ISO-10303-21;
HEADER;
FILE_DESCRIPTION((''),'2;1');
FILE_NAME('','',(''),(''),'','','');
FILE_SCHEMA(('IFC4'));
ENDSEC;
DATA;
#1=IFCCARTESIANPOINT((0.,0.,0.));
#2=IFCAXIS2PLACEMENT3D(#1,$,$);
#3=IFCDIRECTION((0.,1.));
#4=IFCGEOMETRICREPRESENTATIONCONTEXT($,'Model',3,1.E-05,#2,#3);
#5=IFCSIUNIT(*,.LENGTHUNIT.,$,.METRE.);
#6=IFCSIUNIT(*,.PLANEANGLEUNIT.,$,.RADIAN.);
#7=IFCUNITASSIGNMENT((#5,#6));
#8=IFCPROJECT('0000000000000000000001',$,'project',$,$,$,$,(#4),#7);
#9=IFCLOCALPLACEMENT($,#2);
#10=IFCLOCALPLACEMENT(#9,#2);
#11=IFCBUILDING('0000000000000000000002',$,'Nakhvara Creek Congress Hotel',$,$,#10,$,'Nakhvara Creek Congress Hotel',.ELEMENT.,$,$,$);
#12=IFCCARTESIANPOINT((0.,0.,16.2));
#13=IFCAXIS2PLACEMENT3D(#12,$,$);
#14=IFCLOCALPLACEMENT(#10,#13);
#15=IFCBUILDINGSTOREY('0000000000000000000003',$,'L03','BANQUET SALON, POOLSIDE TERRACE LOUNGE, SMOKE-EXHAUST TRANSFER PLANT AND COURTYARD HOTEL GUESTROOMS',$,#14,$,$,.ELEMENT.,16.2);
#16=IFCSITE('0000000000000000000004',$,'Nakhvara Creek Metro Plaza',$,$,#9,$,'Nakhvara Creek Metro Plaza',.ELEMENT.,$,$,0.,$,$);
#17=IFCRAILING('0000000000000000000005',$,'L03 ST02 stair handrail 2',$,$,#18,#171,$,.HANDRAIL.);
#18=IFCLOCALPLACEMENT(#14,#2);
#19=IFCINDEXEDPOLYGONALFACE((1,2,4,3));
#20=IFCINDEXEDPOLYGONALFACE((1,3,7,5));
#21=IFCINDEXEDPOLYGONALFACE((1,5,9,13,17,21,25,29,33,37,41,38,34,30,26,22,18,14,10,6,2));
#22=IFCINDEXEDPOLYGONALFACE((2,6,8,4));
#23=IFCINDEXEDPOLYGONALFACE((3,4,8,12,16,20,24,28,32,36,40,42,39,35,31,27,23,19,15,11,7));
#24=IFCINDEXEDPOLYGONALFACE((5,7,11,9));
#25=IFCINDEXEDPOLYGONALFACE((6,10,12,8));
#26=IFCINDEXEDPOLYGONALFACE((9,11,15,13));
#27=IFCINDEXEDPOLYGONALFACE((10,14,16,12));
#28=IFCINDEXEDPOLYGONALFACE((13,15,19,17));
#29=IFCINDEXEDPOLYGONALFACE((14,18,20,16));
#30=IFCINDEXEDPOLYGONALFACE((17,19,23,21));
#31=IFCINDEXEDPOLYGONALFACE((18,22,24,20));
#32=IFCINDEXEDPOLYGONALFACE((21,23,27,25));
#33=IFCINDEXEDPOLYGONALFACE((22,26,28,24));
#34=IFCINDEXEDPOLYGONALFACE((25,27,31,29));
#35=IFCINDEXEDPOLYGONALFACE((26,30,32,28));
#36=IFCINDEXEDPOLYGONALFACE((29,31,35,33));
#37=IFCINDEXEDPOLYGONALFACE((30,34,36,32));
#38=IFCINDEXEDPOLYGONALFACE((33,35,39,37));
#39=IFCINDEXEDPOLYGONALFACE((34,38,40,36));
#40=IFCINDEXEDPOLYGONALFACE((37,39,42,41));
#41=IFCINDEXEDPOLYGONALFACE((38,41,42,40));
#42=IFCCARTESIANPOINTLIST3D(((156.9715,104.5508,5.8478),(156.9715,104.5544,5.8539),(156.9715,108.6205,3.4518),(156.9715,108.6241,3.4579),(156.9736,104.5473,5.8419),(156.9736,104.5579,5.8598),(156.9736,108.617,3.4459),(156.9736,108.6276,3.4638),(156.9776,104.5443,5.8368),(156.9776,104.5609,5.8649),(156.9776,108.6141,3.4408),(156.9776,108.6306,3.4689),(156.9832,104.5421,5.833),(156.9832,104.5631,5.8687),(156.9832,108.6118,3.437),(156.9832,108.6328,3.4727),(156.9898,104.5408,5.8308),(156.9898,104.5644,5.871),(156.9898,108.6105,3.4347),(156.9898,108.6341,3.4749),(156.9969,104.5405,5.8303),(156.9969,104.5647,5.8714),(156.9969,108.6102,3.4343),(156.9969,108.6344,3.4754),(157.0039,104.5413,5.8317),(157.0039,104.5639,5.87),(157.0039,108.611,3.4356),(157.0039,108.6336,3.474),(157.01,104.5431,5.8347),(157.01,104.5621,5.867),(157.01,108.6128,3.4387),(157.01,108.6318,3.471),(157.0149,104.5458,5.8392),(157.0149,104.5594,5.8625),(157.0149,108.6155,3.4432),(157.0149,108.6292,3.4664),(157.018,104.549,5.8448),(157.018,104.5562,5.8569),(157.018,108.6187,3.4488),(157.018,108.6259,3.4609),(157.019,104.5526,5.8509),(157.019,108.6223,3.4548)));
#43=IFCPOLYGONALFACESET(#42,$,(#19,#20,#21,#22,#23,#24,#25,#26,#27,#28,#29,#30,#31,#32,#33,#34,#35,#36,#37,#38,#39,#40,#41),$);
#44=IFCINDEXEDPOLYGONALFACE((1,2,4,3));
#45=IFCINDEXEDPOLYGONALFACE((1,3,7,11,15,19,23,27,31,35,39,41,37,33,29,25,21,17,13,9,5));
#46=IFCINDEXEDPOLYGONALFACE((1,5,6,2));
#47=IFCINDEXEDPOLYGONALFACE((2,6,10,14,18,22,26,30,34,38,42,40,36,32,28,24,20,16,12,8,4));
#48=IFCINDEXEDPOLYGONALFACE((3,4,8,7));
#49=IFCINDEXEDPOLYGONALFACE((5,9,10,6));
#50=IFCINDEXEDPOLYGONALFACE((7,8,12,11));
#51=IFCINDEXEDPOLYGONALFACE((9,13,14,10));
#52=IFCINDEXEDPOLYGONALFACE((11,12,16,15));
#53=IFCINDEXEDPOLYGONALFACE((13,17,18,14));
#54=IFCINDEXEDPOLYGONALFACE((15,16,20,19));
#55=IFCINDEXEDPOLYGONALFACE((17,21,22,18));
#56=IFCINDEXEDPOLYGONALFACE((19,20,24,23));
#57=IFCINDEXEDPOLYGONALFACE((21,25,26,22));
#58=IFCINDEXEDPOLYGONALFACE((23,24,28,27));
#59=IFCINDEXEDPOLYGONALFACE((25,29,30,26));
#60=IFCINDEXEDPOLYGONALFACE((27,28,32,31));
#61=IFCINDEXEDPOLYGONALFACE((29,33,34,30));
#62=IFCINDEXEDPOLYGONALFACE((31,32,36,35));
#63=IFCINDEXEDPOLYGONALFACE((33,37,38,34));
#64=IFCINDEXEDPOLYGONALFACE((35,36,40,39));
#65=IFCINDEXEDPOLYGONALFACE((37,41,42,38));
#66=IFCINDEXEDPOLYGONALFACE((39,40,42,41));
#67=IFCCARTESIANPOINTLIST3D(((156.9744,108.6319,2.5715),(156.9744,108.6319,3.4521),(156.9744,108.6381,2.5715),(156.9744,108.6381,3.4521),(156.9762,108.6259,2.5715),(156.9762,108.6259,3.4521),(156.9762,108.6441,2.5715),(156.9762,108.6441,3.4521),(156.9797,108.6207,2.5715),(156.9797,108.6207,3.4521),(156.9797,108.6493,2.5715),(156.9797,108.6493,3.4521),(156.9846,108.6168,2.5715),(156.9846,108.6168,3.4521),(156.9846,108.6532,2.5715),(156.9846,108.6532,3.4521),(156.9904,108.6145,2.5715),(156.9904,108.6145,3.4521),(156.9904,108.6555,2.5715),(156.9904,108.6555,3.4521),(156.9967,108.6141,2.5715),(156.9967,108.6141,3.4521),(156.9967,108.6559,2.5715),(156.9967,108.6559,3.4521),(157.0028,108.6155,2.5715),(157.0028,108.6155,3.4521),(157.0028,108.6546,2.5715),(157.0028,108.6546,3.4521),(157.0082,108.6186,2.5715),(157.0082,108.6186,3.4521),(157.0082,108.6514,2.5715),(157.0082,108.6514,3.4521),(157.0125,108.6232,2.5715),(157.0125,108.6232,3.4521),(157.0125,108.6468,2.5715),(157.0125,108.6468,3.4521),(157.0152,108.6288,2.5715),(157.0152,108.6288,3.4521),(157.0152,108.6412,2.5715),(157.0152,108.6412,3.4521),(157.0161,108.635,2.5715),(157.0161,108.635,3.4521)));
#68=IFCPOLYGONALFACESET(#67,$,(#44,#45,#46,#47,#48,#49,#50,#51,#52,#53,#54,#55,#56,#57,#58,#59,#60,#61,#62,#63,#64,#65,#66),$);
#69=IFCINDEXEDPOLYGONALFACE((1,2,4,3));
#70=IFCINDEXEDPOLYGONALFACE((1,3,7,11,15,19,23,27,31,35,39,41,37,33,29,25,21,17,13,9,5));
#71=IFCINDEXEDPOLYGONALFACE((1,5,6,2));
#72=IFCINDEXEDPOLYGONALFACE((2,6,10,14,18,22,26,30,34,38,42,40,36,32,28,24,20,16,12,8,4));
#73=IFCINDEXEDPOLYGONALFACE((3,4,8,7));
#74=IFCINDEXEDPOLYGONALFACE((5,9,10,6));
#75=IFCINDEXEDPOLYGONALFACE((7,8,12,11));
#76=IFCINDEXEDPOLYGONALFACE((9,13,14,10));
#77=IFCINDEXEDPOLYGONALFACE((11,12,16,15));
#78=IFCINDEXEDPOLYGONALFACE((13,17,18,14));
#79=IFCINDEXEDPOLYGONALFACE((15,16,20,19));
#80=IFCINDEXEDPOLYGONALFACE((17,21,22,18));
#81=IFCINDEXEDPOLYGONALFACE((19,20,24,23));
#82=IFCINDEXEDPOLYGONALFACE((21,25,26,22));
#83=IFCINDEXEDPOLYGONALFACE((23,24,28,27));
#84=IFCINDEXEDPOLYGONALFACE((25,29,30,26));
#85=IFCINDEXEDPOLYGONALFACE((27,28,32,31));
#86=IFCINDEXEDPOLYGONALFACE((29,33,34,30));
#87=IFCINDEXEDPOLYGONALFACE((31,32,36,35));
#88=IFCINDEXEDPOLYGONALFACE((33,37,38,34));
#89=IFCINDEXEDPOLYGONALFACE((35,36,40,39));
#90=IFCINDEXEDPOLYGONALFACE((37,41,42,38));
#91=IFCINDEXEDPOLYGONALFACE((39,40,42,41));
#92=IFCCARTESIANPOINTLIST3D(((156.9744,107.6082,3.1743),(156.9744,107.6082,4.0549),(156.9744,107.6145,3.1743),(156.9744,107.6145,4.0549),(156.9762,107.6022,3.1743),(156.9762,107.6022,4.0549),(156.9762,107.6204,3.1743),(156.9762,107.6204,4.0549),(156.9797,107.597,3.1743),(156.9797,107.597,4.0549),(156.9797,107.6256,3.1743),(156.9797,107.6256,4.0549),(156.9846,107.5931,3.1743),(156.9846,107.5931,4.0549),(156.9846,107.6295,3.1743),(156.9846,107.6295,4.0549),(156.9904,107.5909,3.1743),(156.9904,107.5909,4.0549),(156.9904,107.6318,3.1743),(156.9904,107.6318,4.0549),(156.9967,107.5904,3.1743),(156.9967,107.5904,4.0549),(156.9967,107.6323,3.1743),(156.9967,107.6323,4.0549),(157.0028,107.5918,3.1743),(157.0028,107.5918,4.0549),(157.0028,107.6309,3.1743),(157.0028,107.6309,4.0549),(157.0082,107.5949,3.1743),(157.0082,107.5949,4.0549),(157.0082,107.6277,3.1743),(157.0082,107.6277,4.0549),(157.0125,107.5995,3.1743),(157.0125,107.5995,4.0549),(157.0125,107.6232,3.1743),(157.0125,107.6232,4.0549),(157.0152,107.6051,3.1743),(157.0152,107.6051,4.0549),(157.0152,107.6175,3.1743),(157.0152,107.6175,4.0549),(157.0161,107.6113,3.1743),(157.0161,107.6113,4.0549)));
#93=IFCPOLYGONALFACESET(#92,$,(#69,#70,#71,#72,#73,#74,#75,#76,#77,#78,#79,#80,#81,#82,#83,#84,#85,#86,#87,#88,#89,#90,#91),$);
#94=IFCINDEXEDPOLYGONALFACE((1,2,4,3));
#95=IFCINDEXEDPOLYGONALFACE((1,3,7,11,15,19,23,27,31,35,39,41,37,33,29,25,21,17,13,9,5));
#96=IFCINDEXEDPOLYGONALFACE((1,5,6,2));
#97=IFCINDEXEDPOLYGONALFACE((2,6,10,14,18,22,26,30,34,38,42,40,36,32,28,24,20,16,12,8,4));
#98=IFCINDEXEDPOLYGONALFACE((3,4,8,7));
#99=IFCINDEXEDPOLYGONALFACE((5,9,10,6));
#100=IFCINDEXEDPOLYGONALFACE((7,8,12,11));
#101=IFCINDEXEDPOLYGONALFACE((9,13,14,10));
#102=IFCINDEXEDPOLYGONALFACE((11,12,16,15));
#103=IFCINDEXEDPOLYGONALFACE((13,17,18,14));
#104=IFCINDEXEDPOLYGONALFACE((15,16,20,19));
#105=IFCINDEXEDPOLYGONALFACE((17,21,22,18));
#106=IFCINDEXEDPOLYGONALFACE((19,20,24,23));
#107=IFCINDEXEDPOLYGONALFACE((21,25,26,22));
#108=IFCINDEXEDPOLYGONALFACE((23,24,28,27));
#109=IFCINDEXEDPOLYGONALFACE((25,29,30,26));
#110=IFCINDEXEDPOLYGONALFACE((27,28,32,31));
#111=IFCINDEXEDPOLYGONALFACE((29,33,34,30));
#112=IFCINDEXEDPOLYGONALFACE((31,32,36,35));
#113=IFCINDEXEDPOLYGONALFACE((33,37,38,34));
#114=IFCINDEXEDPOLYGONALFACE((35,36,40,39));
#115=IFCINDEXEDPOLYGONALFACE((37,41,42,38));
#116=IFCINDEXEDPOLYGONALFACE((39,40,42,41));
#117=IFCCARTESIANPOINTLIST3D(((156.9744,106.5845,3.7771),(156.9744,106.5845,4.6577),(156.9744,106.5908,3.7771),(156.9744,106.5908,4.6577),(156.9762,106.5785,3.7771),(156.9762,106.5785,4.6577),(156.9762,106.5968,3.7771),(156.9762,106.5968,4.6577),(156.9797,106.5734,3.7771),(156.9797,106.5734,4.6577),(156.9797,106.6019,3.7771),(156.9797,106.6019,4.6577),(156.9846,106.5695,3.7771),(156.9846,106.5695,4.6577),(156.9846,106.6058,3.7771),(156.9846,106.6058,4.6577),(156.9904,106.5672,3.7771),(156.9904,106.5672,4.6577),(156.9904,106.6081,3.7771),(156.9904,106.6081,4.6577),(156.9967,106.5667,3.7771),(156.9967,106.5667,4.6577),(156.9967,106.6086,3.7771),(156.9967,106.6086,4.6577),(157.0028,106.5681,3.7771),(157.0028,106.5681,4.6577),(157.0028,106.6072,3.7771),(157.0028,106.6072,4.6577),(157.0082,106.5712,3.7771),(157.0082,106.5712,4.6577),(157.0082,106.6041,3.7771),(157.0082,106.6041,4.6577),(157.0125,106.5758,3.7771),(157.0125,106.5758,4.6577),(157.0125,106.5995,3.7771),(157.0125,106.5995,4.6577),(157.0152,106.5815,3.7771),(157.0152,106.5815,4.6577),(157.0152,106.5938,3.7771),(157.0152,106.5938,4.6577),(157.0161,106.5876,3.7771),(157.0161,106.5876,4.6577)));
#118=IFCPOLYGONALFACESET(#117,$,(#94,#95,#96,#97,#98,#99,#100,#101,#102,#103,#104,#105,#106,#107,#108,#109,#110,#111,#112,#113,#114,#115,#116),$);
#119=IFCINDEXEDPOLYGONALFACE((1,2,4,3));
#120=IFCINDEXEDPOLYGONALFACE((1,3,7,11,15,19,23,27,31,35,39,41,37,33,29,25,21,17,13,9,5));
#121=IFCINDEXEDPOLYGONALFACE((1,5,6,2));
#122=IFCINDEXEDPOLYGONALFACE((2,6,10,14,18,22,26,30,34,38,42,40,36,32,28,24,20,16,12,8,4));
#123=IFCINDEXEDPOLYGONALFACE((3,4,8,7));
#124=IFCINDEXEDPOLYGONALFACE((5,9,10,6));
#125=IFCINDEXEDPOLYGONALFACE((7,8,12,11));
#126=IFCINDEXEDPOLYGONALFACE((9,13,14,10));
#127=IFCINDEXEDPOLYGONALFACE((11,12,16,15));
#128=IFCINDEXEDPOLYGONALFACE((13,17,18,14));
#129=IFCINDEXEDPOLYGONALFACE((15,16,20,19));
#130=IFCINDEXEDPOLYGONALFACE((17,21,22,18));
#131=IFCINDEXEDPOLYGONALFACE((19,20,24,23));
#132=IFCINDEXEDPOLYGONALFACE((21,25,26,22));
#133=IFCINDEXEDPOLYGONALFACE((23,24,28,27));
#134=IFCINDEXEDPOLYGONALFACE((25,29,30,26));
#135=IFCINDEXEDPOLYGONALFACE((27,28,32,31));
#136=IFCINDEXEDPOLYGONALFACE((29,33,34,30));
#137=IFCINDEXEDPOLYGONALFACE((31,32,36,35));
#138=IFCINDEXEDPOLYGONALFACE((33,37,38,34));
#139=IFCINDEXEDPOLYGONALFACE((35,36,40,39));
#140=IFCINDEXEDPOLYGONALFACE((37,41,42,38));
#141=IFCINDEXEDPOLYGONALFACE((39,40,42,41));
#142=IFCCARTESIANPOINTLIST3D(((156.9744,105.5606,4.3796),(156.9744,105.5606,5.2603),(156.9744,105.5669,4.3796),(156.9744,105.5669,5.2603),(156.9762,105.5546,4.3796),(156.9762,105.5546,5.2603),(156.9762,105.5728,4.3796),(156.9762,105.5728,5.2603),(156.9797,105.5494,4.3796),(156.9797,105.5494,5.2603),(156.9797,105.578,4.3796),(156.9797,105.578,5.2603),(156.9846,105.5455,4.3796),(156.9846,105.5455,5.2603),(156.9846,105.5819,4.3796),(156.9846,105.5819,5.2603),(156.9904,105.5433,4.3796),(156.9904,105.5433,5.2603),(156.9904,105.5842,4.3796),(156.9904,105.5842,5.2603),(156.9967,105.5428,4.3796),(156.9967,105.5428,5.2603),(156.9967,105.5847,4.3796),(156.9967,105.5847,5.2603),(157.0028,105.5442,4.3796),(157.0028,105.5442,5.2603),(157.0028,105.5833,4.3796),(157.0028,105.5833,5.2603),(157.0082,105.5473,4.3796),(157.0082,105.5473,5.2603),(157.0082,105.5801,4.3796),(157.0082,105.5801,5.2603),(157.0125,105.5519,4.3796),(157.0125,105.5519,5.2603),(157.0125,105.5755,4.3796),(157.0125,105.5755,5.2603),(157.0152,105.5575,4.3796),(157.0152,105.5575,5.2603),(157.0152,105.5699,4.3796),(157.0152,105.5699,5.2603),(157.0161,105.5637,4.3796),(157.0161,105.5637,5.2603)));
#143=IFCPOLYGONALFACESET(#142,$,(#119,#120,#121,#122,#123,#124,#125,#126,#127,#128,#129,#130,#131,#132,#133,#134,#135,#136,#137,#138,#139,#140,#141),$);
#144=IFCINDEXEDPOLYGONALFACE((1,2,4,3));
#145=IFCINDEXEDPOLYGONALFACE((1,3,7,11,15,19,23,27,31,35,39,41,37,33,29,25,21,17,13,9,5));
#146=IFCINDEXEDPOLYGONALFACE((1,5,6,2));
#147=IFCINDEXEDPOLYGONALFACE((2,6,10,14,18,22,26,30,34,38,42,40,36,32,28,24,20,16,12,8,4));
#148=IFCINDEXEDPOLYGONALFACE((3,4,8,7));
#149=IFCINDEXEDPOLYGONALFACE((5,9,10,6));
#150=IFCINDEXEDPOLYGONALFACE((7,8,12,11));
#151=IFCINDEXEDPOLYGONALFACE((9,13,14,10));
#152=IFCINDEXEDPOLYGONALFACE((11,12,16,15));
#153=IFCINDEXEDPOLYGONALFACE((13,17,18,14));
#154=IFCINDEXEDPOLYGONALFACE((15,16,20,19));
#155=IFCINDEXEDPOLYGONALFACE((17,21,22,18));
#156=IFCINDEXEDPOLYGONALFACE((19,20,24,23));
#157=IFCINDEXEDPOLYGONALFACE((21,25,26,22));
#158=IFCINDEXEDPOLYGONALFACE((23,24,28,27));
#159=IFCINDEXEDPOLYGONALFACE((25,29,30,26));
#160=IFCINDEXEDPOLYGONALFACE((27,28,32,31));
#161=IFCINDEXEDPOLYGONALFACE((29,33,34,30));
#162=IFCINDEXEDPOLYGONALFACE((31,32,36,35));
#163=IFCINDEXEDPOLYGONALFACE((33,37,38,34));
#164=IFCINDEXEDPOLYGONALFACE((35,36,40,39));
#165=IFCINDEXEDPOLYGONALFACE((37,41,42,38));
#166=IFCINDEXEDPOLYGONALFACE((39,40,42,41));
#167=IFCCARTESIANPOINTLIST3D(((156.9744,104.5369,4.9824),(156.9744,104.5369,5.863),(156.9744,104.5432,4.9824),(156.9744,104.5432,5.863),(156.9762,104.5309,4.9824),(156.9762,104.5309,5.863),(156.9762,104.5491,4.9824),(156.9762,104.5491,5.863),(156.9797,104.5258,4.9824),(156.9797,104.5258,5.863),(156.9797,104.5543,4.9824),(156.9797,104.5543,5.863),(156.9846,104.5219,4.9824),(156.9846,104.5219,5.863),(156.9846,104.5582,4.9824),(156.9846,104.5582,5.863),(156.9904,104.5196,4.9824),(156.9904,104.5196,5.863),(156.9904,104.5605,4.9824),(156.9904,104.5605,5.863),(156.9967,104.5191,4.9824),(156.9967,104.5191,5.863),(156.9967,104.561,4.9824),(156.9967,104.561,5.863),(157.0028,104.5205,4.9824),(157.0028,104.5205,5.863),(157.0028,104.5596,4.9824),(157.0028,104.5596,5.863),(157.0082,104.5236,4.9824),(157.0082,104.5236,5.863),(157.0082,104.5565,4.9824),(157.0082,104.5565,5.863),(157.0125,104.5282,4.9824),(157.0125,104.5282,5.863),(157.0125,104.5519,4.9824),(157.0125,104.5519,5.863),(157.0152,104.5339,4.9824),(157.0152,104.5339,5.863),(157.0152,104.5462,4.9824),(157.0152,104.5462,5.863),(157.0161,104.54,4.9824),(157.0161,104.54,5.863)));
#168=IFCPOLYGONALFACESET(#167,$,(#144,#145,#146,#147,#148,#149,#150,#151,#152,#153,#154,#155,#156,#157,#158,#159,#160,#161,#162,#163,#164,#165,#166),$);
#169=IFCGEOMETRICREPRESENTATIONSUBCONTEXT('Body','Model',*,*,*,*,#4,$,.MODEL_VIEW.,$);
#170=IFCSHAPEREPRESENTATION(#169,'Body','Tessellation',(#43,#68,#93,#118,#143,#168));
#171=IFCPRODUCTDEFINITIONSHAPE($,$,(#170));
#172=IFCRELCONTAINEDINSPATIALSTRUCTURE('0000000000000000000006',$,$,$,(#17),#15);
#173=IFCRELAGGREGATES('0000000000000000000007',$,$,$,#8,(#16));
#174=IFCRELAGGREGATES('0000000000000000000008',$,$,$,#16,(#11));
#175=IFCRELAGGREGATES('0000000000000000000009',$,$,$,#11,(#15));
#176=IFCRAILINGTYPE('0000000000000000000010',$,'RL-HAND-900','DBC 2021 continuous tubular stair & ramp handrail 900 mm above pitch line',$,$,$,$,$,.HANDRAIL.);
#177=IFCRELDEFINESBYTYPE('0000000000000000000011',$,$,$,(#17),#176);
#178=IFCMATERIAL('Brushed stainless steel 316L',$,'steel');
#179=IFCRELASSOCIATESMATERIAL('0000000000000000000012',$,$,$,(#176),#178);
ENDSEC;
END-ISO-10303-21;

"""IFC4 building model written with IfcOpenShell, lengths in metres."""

from ifc_helpers import new_model, si_unit, direction, frame, origin, origin_2d, place, context, subcontext, project, spatial, circle, extrude, material, type_object, element, save


model = new_model("IFC4")

# Units and contexts
model_context = context("Model", 3, precision=1e-05, world=origin(), true_north=direction((0.0, 1.0)))
body_context = subcontext(model_context, "Body", "Model", "MODEL_VIEW")
ifc_project = project(units=[si_unit("LENGTHUNIT", "METRE"), si_unit("PLANEANGLEUNIT", "RADIAN")], contexts=[model_context])

# Site, building, storey
site_placement = place(None, origin())
site = spatial("IfcSite", under=ifc_project, at=site_placement, Name="Nakhvara Creek Metro Plaza", LongName="Nakhvara Creek Metro Plaza", CompositionType="ELEMENT", RefElevation=0.0)
building_placement = place(site_placement, origin())
building = spatial("IfcBuilding", under=site, at=building_placement, Name="Nakhvara Creek Congress Hotel", LongName="Nakhvara Creek Congress Hotel", CompositionType="ELEMENT")
storey_placement = place(building_placement, frame((0.0, 0.0, 16.2)))
storey = spatial("IfcBuildingStorey", under=building, at=storey_placement, Name="L03", Description="BANQUET SALON, POOLSIDE TERRACE LOUNGE, SMOKE-EXHAUST TRANSFER PLANT AND COURTYARD HOTEL GUESTROOMS", CompositionType="ELEMENT", Elevation=16.2)

# Railing
ifc_material_1 = material(Name="Brushed stainless steel 316L", Category="steel")
railing_type = type_object("IfcRailingType", Name="RL-HAND-900", Description="DBC 2021 continuous tubular stair & ramp handrail 900 mm above pitch line", PredefinedType="HANDRAIL", material=ifc_material_1)
railing_placement = place(storey_placement, frame((156.9951, 108.635, 2.5715)))
element("IfcRailing", 1, at=railing_placement, inside=storey, type_object=railing_type, Name="L03 ST02 stair handrail 2", PredefinedType="HANDRAIL", context=body_context, shape_type="SweptSolid", body=[
    extrude(circle(Radius=0.0239, at=origin_2d()), frame((0.0, -0.0127, 0.8833), z_axis=(0.0, -0.861743, 0.507346), x_axis=(1.0, 0.0, 0.0)), (0.0, 0.0, 1.0), 4.7227),
    extrude(circle(Radius=0.021, at=origin_2d()), origin(), (0.0, 0.0, 1.0), 0.8806),
    extrude(circle(Radius=0.021, at=origin_2d()), frame((0.0, -1.0237, 0.6028)), (0.0, 0.0, 1.0), 0.8806),
    extrude(circle(Radius=0.021, at=origin_2d()), frame((0.0, -2.0474, 1.2056)), (0.0, 0.0, 1.0), 0.8806),
    extrude(circle(Radius=0.021, at=origin_2d()), frame((0.0, -3.0713, 1.8081)), (0.0, 0.0, 1.0), 0.8806),
    extrude(circle(Radius=0.021, at=origin_2d()), frame((0.0, -4.095, 2.4109)), (0.0, 0.0, 1.0), 0.8806),
])

save(model, "model.ifc")
